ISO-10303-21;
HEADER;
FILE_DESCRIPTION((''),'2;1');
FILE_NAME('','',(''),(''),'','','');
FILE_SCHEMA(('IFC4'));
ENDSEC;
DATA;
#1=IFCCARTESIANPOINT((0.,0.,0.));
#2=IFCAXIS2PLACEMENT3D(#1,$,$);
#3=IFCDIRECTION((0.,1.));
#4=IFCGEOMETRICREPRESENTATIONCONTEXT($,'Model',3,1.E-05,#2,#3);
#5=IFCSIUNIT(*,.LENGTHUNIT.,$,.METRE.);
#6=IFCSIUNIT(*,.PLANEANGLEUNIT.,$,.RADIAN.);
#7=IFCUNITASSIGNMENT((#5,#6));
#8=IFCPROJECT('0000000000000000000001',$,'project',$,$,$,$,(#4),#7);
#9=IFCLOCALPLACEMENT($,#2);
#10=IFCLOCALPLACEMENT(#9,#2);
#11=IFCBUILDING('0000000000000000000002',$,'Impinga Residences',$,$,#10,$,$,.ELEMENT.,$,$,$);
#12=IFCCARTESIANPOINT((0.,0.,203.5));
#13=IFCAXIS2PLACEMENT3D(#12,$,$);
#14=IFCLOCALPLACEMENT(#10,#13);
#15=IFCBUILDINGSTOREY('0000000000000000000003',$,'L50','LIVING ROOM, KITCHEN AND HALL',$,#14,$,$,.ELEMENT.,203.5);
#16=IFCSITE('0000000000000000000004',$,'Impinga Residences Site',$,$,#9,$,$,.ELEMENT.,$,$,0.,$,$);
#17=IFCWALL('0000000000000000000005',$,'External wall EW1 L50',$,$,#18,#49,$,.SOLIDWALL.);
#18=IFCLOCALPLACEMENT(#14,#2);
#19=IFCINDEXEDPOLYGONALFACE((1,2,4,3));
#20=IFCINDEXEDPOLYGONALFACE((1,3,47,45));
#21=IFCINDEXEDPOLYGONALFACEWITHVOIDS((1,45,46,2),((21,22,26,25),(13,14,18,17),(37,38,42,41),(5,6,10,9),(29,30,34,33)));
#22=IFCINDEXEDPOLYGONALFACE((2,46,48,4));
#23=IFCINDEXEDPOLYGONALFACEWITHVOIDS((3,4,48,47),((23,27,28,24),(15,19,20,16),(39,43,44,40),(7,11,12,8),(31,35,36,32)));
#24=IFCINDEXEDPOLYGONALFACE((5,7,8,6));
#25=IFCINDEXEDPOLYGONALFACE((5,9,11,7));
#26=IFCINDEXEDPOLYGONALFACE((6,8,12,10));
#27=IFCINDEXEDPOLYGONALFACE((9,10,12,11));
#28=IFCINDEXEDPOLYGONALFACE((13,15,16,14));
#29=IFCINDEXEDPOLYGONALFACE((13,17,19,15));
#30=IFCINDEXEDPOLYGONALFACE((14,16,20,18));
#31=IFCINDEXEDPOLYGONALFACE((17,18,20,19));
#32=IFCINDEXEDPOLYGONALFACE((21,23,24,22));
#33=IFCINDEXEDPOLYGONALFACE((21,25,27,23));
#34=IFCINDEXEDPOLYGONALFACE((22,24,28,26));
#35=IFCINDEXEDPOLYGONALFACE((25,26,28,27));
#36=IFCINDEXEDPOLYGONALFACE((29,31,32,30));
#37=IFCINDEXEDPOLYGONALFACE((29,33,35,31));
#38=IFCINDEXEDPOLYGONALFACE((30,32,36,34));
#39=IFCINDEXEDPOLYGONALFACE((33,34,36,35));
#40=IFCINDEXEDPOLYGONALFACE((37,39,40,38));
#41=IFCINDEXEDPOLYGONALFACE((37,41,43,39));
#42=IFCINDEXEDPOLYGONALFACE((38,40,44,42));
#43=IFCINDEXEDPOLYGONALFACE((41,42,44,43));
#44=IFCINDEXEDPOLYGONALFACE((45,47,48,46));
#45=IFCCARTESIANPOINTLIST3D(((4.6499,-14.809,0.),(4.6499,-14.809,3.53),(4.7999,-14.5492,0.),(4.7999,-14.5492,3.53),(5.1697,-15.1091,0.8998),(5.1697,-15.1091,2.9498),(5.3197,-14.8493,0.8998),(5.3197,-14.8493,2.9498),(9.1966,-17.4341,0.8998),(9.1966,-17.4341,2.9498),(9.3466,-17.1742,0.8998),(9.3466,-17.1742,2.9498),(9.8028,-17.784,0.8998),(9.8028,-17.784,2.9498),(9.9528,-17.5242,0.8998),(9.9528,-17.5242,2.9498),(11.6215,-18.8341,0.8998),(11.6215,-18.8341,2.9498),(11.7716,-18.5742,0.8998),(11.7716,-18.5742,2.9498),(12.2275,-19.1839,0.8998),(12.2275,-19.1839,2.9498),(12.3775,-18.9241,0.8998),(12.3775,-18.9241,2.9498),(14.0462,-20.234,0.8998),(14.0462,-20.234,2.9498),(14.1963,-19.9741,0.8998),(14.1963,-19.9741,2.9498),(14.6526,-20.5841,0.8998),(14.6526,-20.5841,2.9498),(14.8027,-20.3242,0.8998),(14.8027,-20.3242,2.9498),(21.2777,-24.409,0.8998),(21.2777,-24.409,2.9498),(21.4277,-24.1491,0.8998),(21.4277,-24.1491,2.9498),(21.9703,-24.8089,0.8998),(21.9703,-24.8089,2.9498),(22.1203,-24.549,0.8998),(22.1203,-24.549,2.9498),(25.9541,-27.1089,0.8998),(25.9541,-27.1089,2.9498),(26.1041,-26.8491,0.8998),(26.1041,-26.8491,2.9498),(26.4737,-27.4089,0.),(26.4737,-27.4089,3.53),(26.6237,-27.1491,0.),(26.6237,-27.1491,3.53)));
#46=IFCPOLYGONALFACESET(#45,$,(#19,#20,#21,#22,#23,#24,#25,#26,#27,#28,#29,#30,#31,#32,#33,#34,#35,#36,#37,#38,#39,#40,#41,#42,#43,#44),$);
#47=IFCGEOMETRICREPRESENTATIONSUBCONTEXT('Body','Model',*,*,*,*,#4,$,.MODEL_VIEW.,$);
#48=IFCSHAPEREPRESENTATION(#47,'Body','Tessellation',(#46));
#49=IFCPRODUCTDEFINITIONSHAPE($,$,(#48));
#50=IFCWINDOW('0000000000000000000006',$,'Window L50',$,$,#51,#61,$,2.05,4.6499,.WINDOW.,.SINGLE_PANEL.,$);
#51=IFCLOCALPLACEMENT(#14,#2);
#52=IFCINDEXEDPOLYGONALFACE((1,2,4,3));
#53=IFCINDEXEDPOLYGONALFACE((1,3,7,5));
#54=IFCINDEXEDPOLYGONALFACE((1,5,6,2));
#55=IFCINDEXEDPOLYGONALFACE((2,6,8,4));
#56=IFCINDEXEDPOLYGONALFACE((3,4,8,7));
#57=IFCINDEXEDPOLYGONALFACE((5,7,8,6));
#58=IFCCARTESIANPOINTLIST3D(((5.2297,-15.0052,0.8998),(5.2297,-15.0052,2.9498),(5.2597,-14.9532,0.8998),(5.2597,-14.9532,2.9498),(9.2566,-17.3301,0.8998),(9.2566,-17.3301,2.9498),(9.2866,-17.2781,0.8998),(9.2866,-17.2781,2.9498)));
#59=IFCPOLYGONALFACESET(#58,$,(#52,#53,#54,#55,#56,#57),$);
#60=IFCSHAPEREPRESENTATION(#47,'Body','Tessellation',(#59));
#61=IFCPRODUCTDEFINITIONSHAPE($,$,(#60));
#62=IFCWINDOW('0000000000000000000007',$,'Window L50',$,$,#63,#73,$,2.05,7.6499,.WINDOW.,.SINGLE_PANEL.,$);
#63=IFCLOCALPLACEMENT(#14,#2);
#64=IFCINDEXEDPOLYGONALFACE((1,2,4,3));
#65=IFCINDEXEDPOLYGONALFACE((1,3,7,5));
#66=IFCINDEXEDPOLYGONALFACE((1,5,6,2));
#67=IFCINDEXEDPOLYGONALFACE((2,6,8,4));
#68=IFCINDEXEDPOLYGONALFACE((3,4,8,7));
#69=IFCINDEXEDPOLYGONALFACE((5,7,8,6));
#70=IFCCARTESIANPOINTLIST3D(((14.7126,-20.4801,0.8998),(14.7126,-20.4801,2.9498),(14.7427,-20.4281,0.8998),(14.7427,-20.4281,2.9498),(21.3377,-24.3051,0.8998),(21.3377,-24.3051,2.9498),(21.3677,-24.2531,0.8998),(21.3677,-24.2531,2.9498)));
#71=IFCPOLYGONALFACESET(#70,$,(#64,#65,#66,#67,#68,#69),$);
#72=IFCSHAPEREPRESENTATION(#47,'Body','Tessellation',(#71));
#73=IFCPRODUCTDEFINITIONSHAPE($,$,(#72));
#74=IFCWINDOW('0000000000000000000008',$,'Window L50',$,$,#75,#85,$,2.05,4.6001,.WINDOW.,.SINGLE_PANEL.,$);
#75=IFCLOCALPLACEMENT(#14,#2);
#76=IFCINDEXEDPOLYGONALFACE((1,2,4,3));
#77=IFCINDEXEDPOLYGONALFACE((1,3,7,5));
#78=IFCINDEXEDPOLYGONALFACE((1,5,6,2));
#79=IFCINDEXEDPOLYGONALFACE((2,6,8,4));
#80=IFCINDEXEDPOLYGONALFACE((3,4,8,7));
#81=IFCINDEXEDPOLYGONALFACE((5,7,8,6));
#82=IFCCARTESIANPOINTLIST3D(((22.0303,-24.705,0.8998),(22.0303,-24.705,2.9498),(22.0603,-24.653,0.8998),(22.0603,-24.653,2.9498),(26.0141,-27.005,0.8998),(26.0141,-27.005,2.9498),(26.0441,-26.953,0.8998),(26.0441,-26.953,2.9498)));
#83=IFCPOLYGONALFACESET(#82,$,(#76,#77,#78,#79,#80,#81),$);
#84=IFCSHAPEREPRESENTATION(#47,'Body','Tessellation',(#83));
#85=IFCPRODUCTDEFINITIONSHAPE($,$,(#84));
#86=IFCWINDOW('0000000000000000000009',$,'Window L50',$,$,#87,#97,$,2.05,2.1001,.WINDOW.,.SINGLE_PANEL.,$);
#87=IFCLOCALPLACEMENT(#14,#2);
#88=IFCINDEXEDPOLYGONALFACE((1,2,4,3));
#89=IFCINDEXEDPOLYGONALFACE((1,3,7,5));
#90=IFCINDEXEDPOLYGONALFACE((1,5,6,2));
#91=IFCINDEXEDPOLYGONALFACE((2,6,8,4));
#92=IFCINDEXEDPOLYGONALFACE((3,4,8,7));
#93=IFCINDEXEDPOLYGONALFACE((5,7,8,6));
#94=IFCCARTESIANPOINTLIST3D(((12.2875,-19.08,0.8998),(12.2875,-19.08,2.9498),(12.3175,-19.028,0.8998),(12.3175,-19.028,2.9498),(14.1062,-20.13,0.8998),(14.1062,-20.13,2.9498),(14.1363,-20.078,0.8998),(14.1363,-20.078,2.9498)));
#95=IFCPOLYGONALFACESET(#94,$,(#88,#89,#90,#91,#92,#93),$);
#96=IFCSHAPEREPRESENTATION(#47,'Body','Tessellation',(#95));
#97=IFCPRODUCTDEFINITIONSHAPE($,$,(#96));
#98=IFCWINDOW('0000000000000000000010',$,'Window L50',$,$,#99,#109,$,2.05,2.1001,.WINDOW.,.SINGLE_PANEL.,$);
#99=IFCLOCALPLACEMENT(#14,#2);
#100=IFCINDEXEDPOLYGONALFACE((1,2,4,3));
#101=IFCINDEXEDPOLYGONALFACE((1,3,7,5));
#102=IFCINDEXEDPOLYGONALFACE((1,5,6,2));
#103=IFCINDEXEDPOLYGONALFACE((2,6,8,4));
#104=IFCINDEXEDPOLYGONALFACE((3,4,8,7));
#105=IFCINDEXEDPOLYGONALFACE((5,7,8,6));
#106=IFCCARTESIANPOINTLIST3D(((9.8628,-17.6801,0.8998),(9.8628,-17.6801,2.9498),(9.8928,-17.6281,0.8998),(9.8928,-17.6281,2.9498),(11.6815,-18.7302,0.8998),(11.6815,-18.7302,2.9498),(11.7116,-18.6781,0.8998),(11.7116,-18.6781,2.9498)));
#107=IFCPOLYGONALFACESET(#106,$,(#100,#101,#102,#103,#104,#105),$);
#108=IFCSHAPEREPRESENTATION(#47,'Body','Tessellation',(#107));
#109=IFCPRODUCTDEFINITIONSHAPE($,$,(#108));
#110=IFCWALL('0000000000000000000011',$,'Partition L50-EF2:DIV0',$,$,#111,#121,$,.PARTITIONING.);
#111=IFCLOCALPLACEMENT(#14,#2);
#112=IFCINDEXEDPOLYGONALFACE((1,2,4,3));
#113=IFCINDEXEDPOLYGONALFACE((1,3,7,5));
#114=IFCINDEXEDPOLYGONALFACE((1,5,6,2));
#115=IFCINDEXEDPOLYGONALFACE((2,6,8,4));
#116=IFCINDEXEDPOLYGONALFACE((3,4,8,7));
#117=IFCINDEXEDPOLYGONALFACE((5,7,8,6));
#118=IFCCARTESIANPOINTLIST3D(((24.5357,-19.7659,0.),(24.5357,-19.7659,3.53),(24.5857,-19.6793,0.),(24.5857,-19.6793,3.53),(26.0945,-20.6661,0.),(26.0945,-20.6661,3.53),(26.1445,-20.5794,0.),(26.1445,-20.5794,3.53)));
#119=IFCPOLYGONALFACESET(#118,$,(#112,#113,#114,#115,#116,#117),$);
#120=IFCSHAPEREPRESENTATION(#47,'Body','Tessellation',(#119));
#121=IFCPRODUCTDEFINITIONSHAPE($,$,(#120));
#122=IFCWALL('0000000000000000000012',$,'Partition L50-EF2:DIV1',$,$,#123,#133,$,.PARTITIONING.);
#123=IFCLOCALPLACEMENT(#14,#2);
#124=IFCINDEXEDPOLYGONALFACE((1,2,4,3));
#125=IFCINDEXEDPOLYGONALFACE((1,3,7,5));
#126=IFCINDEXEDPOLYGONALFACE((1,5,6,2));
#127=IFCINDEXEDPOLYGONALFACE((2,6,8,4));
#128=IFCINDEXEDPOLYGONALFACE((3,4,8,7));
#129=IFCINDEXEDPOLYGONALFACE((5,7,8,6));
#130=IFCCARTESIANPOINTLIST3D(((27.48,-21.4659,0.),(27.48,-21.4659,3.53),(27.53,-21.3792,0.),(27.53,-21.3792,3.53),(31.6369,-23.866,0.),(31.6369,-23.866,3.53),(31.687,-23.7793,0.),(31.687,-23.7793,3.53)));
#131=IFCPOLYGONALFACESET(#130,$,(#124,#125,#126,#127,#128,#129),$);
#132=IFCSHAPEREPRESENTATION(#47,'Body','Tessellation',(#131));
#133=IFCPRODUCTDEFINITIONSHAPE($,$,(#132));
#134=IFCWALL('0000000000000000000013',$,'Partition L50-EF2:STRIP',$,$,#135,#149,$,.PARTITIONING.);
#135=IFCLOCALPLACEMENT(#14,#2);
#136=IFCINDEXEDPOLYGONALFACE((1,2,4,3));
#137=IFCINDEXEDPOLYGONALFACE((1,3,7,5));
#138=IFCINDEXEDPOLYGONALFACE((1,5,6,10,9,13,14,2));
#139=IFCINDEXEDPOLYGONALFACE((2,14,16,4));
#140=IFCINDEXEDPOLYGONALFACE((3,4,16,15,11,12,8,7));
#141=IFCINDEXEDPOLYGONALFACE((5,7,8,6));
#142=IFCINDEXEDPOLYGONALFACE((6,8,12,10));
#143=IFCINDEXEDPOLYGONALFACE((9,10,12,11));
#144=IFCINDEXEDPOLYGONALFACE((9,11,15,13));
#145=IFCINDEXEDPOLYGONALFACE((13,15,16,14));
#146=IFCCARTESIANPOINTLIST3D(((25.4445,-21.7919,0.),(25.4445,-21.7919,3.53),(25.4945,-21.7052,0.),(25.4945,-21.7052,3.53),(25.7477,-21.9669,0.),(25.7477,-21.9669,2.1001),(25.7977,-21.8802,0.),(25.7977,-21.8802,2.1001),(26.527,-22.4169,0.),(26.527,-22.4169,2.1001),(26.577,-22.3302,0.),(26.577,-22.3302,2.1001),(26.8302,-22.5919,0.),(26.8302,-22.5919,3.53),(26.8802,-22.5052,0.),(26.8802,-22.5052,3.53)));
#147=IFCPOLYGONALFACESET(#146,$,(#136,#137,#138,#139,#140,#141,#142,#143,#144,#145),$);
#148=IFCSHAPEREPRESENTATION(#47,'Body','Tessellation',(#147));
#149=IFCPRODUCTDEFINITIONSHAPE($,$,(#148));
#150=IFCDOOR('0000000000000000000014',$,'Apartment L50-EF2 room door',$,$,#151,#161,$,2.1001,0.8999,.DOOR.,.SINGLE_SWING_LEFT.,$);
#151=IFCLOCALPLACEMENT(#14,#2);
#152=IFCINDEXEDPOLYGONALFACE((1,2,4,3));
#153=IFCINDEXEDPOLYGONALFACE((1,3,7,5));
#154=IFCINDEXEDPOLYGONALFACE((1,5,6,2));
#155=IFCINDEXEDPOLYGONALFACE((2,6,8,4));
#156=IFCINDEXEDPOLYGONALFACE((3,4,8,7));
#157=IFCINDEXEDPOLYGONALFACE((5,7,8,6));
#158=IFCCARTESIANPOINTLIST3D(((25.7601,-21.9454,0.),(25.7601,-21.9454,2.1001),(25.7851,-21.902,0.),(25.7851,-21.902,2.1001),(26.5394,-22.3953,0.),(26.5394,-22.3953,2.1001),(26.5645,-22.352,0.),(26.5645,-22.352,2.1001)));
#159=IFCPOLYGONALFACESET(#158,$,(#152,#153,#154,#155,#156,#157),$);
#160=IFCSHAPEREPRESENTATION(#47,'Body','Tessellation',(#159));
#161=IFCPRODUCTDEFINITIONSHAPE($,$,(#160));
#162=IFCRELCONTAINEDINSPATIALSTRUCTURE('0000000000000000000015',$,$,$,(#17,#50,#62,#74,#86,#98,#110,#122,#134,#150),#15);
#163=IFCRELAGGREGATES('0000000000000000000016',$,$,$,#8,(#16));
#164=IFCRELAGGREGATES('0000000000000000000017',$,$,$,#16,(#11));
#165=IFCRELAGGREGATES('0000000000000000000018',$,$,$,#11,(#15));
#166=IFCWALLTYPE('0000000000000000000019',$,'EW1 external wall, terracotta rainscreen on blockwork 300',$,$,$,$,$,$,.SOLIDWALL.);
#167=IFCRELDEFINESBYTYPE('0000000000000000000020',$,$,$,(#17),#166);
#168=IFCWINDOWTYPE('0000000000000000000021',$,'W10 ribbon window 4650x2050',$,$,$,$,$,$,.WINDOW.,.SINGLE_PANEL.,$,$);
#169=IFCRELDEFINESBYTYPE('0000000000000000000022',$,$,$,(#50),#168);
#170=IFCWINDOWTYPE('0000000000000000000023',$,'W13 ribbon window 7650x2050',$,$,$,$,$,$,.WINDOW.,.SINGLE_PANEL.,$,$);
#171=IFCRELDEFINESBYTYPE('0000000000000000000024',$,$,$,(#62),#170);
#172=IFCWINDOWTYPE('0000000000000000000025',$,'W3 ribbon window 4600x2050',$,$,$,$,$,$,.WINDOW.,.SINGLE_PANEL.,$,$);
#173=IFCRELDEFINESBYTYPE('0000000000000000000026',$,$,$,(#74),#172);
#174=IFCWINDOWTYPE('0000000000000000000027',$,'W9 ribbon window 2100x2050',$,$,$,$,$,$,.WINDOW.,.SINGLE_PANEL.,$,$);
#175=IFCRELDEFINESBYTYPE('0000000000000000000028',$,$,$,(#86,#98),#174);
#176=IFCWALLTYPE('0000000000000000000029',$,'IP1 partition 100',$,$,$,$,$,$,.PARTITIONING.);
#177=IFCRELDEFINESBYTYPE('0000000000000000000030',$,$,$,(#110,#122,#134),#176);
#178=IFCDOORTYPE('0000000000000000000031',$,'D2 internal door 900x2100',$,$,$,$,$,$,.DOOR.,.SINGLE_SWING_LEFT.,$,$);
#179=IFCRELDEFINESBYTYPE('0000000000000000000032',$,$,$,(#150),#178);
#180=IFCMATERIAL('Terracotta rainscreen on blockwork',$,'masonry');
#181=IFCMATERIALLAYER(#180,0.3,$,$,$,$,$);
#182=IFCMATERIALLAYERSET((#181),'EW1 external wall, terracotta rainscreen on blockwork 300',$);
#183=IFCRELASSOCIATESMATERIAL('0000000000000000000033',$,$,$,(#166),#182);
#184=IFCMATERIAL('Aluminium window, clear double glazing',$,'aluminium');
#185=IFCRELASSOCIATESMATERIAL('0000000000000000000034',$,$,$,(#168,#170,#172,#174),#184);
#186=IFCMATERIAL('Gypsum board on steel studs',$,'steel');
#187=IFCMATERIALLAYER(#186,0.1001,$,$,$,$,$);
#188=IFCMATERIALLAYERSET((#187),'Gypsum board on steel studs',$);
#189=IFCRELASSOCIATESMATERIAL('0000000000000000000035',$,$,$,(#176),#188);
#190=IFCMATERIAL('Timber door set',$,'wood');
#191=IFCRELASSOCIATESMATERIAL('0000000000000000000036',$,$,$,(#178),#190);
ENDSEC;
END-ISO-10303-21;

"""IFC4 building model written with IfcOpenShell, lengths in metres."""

from ifc_helpers import new_model, si_unit, direction, frame, frame_2d, origin, place, context, subcontext, project, spatial, rectangle, extrude, material, layer, layer_set, type_object, element, fill, save


model = new_model("IFC4")

# Units and contexts
model_context = context("Model", 3, precision=1e-05, world=origin(), true_north=direction((0.0, 1.0)))
body_context = subcontext(model_context, "Body", "Model", "MODEL_VIEW")
ifc_project = project(units=[si_unit("LENGTHUNIT", "METRE"), si_unit("PLANEANGLEUNIT", "RADIAN")], contexts=[model_context])

# Site, building, storey
site_placement = place(None, origin())
site = spatial("IfcSite", under=ifc_project, at=site_placement, Name="Impinga Residences Site", CompositionType="ELEMENT", RefElevation=0.0)
building_placement = place(site_placement, origin())
building = spatial("IfcBuilding", under=site, at=building_placement, Name="Impinga Residences", CompositionType="ELEMENT")
storey_placement = place(building_placement, frame((0.0, 0.0, 203.5)))
storey = spatial("IfcBuildingStorey", under=building, at=storey_placement, Name="L50", Description="LIVING ROOM, KITCHEN AND HALL", CompositionType="ELEMENT", Elevation=203.5)

# Shared definitions
ifc_material_1 = material(Name="Timber door set", Category="wood")

# Shared definitions
ifc_material_2 = material(Name="Terracotta rainscreen on blockwork", Category="masonry")
ifc_layer_1 = layer(ifc_material_2, 0.3)
ifc_layer_set_1 = layer_set([ifc_layer_1], Name="EW1 external wall, terracotta rainscreen on blockwork 300")
wall_type_1 = type_object("IfcWallType", Name="EW1 external wall, terracotta rainscreen on blockwork 300", PredefinedType="SOLIDWALL", material=ifc_layer_set_1)

# Wall, openings, windows
wall_1_placement = place(storey_placement, frame((26.5488, -27.2791, 0.0), z_axis=(0.0, 0.0, 1.0), x_axis=(-0.866027, 0.499998, 0.0)))
wall_1 = element("IfcWall", 1, at=wall_1_placement, inside=storey, type_object=wall_type_1, Name="External wall EW1 L50", PredefinedType="SOLIDWALL", context=body_context, shape_type="SweptSolid", body=[
    extrude(rectangle(XDim=25.2, YDim=0.3, at=frame_2d((12.6001, 0.0))), origin(), (0.0, 0.0, 1.0), 3.53),
])
opening_1_placement = place(wall_1_placement, frame((0.6001, 0.0, 0.8999)))
opening_1 = element("IfcOpeningElement", 2, at=opening_1_placement, cuts=wall_1, PredefinedType="OPENING", context=body_context, shape_type="SweptSolid", body=[
    extrude(rectangle(XDim=4.6001, YDim=2.05, at=frame_2d((2.3, 1.0249))), frame((0.0, 0.1599, 0.0), z_axis=(0.0, -1.0, 0.0), x_axis=(1.0, 0.0, 0.0)), (0.0, 0.0, 1.0), 0.3201),
])
opening_2_placement = place(wall_1_placement, frame((6.0, 0.0, 0.8999)))
opening_2 = element("IfcOpeningElement", 3, at=opening_2_placement, cuts=wall_1, PredefinedType="OPENING", context=body_context, shape_type="SweptSolid", body=[
    extrude(rectangle(XDim=7.6499, YDim=2.05, at=frame_2d((3.825, 1.0249))), frame((0.0, 0.1599, 0.0), z_axis=(0.0, -1.0, 0.0), x_axis=(1.0, 0.0, 0.0)), (0.0, 0.0, 1.0), 0.3201),
])
opening_3_placement = place(wall_1_placement, frame((14.3501, 0.0, 0.8999)))
opening_3 = element("IfcOpeningElement", 4, at=opening_3_placement, cuts=wall_1, PredefinedType="OPENING", context=body_context, shape_type="SweptSolid", body=[
    extrude(rectangle(XDim=2.1001, YDim=2.05, at=frame_2d((1.05, 1.0249))), frame((0.0, 0.1599, 0.0), z_axis=(0.0, -1.0, 0.0), x_axis=(1.0, 0.0, 0.0)), (0.0, 0.0, 1.0), 0.3201),
])
opening_4_placement = place(wall_1_placement, frame((17.1499, 0.0, 0.8999)))
opening_4 = element("IfcOpeningElement", 5, at=opening_4_placement, cuts=wall_1, PredefinedType="OPENING", context=body_context, shape_type="SweptSolid", body=[
    extrude(rectangle(XDim=2.1001, YDim=2.05, at=frame_2d((1.05, 1.0249))), frame((0.0, 0.1599, 0.0), z_axis=(0.0, -1.0, 0.0), x_axis=(1.0, 0.0, 0.0)), (0.0, 0.0, 1.0), 0.3201),
])
opening_5_placement = place(wall_1_placement, frame((19.95, 0.0, 0.8999)))
opening_5 = element("IfcOpeningElement", 6, at=opening_5_placement, cuts=wall_1, PredefinedType="OPENING", context=body_context, shape_type="SweptSolid", body=[
    extrude(rectangle(XDim=4.6499, YDim=2.05, at=frame_2d((2.325, 1.0249))), frame((0.0, 0.1599, 0.0), z_axis=(0.0, -1.0, 0.0), x_axis=(1.0, 0.0, 0.0)), (0.0, 0.0, 1.0), 0.3201),
])
ifc_material_3 = material(Name="Aluminium window, clear double glazing", Category="aluminium")
window_type_1 = type_object("IfcWindowType", Name="W10 ribbon window 4650x2050", PartitioningType="SINGLE_PANEL", PredefinedType="WINDOW", material=ifc_material_3)
window_1_placement = place(opening_5_placement, origin())
window_1 = element("IfcWindow", 7, at=window_1_placement, inside=storey, type_object=window_type_1, Name="Window L50", OverallHeight=2.05, OverallWidth=4.6499, PartitioningType="SINGLE_PANEL", PredefinedType="WINDOW", context=body_context, shape_type="SweptSolid", body=[
    extrude(rectangle(XDim=4.6499, YDim=2.05, at=frame_2d((2.325, 1.0249))), frame((0.0, 0.03, 0.0), z_axis=(0.0, -1.0, 0.0), x_axis=(1.0, 0.0, 0.0)), (0.0, 0.0, 1.0), 0.0601),
])
fill(opening_5, window_1)
window_type_2 = type_object("IfcWindowType", Name="W13 ribbon window 7650x2050", PartitioningType="SINGLE_PANEL", PredefinedType="WINDOW", material=ifc_material_3)
window_2_placement = place(opening_2_placement, origin())
window_2 = element("IfcWindow", 8, at=window_2_placement, inside=storey, type_object=window_type_2, Name="Window L50", OverallHeight=2.05, OverallWidth=7.6499, PartitioningType="SINGLE_PANEL", PredefinedType="WINDOW", context=body_context, shape_type="SweptSolid", body=[
    extrude(rectangle(XDim=7.6499, YDim=2.05, at=frame_2d((3.825, 1.0249))), frame((0.0, 0.03, 0.0), z_axis=(0.0, -1.0, 0.0), x_axis=(1.0, 0.0, 0.0)), (0.0, 0.0, 1.0), 0.0601),
])
fill(opening_2, window_2)
window_type_3 = type_object("IfcWindowType", Name="W3 ribbon window 4600x2050", PartitioningType="SINGLE_PANEL", PredefinedType="WINDOW", material=ifc_material_3)
window_3_placement = place(opening_1_placement, origin())
window_3 = element("IfcWindow", 9, at=window_3_placement, inside=storey, type_object=window_type_3, Name="Window L50", OverallHeight=2.05, OverallWidth=4.6001, PartitioningType="SINGLE_PANEL", PredefinedType="WINDOW", context=body_context, shape_type="SweptSolid", body=[
    extrude(rectangle(XDim=4.6001, YDim=2.05, at=frame_2d((2.3, 1.0249))), frame((0.0, 0.03, 0.0), z_axis=(0.0, -1.0, 0.0), x_axis=(1.0, 0.0, 0.0)), (0.0, 0.0, 1.0), 0.0601),
])
fill(opening_1, window_3)
window_type_4 = type_object("IfcWindowType", Name="W9 ribbon window 2100x2050", PartitioningType="SINGLE_PANEL", PredefinedType="WINDOW", material=ifc_material_3)
window_4_placement = place(opening_3_placement, origin())
window_4 = element("IfcWindow", 10, at=window_4_placement, inside=storey, type_object=window_type_4, Name="Window L50", OverallHeight=2.05, OverallWidth=2.1001, PartitioningType="SINGLE_PANEL", PredefinedType="WINDOW", context=body_context, shape_type="SweptSolid", body=[
    extrude(rectangle(XDim=2.1001, YDim=2.05, at=frame_2d((1.05, 1.0249))), frame((0.0, 0.03, 0.0), z_axis=(0.0, -1.0, 0.0), x_axis=(1.0, 0.0, 0.0)), (0.0, 0.0, 1.0), 0.0601),
])
fill(opening_3, window_4)
window_5_placement = place(opening_4_placement, origin())
window_5 = element("IfcWindow", 11, at=window_5_placement, inside=storey, type_object=window_type_4, Name="Window L50", OverallHeight=2.05, OverallWidth=2.1001, PartitioningType="SINGLE_PANEL", PredefinedType="WINDOW", context=body_context, shape_type="SweptSolid", body=[
    extrude(rectangle(XDim=2.1001, YDim=2.05, at=frame_2d((1.05, 1.0249))), frame((0.0, 0.03, 0.0), z_axis=(0.0, -1.0, 0.0), x_axis=(1.0, 0.0, 0.0)), (0.0, 0.0, 1.0), 0.0601),
])
fill(opening_4, window_5)

# Walls
ifc_material_4 = material(Name="Gypsum board on steel studs", Category="steel")
ifc_layer_2 = layer(ifc_material_4, 0.1001)
ifc_layer_set_2 = layer_set([ifc_layer_2], Name="Gypsum board on steel studs")
wall_type_2 = type_object("IfcWallType", Name="IP1 partition 100", PredefinedType="PARTITIONING", material=ifc_layer_set_2)
wall_2_placement = place(storey_placement, frame((24.5608, -19.7227, 0.0), z_axis=(0.0, 0.0, 1.0), x_axis=(0.865989, -0.500063, 0.0)))
element("IfcWall", 12, at=wall_2_placement, inside=storey, type_object=wall_type_2, Name="Partition L50-EF2:DIV0", PredefinedType="PARTITIONING", context=body_context, shape_type="SweptSolid", body=[
    extrude(rectangle(XDim=1.8, YDim=0.1001, at=frame_2d((0.8999, 0.0))), origin(), (0.0, 0.0, 1.0), 3.53),
])
wall_3_placement = place(storey_placement, frame((27.5051, -21.4226, 0.0), z_axis=(0.0, 0.0, 1.0), x_axis=(0.866015, -0.500017, 0.0)))
element("IfcWall", 13, at=wall_3_placement, inside=storey, type_object=wall_type_2, Name="Partition L50-EF2:DIV1", PredefinedType="PARTITIONING", context=body_context, shape_type="SweptSolid", body=[
    extrude(rectangle(XDim=4.8, YDim=0.1001, at=frame_2d((2.3999, 0.0))), origin(), (0.0, 0.0, 1.0), 3.53),
])

# Wall, opening, door
wall_4_placement = place(storey_placement, frame((25.4695, -21.7485, 0.0), z_axis=(0.0, 0.0, 1.0), x_axis=(0.866028, -0.499995, 0.0)))
wall_4 = element("IfcWall", 14, at=wall_4_placement, inside=storey, type_object=wall_type_2, Name="Partition L50-EF2:STRIP", PredefinedType="PARTITIONING", context=body_context, shape_type="SweptSolid", body=[
    extrude(rectangle(XDim=1.6001, YDim=0.1001, at=frame_2d((0.8, 0.0))), origin(), (0.0, 0.0, 1.0), 3.53),
])
opening_6_placement = place(wall_4_placement, frame((0.3501, 0.0, 0.0)))
opening_6 = element("IfcOpeningElement", 15, at=opening_6_placement, cuts=wall_4, PredefinedType="OPENING", context=body_context, shape_type="SweptSolid", body=[
    extrude(rectangle(XDim=0.8999, YDim=2.1001, at=frame_2d((0.45, 1.05))), frame((0.0, 0.0601, 0.0), z_axis=(0.0, -1.0, 0.0), x_axis=(1.0, 0.0, 0.0)), (0.0, 0.0, 1.0), 0.1201),
])
door_type_1 = type_object("IfcDoorType", Name="D2 internal door 900x2100", OperationType="SINGLE_SWING_LEFT", PredefinedType="DOOR", material=ifc_material_1)
door_1_placement = place(opening_6_placement, origin())
door_1 = element("IfcDoor", 16, at=door_1_placement, inside=storey, type_object=door_type_1, Name="Apartment L50-EF2 room door", OperationType="SINGLE_SWING_LEFT", OverallHeight=2.1001, OverallWidth=0.8999, PredefinedType="DOOR", context=body_context, shape_type="SweptSolid", body=[
    extrude(rectangle(XDim=0.8999, YDim=2.1001, at=frame_2d((0.45, 1.05))), frame((0.0, 0.0249, 0.0), z_axis=(0.0, -1.0, 0.0), x_axis=(1.0, 0.0, 0.0)), (0.0, 0.0, 1.0), 0.05),
])
fill(opening_6, door_1)

save(model, "model.ifc")
